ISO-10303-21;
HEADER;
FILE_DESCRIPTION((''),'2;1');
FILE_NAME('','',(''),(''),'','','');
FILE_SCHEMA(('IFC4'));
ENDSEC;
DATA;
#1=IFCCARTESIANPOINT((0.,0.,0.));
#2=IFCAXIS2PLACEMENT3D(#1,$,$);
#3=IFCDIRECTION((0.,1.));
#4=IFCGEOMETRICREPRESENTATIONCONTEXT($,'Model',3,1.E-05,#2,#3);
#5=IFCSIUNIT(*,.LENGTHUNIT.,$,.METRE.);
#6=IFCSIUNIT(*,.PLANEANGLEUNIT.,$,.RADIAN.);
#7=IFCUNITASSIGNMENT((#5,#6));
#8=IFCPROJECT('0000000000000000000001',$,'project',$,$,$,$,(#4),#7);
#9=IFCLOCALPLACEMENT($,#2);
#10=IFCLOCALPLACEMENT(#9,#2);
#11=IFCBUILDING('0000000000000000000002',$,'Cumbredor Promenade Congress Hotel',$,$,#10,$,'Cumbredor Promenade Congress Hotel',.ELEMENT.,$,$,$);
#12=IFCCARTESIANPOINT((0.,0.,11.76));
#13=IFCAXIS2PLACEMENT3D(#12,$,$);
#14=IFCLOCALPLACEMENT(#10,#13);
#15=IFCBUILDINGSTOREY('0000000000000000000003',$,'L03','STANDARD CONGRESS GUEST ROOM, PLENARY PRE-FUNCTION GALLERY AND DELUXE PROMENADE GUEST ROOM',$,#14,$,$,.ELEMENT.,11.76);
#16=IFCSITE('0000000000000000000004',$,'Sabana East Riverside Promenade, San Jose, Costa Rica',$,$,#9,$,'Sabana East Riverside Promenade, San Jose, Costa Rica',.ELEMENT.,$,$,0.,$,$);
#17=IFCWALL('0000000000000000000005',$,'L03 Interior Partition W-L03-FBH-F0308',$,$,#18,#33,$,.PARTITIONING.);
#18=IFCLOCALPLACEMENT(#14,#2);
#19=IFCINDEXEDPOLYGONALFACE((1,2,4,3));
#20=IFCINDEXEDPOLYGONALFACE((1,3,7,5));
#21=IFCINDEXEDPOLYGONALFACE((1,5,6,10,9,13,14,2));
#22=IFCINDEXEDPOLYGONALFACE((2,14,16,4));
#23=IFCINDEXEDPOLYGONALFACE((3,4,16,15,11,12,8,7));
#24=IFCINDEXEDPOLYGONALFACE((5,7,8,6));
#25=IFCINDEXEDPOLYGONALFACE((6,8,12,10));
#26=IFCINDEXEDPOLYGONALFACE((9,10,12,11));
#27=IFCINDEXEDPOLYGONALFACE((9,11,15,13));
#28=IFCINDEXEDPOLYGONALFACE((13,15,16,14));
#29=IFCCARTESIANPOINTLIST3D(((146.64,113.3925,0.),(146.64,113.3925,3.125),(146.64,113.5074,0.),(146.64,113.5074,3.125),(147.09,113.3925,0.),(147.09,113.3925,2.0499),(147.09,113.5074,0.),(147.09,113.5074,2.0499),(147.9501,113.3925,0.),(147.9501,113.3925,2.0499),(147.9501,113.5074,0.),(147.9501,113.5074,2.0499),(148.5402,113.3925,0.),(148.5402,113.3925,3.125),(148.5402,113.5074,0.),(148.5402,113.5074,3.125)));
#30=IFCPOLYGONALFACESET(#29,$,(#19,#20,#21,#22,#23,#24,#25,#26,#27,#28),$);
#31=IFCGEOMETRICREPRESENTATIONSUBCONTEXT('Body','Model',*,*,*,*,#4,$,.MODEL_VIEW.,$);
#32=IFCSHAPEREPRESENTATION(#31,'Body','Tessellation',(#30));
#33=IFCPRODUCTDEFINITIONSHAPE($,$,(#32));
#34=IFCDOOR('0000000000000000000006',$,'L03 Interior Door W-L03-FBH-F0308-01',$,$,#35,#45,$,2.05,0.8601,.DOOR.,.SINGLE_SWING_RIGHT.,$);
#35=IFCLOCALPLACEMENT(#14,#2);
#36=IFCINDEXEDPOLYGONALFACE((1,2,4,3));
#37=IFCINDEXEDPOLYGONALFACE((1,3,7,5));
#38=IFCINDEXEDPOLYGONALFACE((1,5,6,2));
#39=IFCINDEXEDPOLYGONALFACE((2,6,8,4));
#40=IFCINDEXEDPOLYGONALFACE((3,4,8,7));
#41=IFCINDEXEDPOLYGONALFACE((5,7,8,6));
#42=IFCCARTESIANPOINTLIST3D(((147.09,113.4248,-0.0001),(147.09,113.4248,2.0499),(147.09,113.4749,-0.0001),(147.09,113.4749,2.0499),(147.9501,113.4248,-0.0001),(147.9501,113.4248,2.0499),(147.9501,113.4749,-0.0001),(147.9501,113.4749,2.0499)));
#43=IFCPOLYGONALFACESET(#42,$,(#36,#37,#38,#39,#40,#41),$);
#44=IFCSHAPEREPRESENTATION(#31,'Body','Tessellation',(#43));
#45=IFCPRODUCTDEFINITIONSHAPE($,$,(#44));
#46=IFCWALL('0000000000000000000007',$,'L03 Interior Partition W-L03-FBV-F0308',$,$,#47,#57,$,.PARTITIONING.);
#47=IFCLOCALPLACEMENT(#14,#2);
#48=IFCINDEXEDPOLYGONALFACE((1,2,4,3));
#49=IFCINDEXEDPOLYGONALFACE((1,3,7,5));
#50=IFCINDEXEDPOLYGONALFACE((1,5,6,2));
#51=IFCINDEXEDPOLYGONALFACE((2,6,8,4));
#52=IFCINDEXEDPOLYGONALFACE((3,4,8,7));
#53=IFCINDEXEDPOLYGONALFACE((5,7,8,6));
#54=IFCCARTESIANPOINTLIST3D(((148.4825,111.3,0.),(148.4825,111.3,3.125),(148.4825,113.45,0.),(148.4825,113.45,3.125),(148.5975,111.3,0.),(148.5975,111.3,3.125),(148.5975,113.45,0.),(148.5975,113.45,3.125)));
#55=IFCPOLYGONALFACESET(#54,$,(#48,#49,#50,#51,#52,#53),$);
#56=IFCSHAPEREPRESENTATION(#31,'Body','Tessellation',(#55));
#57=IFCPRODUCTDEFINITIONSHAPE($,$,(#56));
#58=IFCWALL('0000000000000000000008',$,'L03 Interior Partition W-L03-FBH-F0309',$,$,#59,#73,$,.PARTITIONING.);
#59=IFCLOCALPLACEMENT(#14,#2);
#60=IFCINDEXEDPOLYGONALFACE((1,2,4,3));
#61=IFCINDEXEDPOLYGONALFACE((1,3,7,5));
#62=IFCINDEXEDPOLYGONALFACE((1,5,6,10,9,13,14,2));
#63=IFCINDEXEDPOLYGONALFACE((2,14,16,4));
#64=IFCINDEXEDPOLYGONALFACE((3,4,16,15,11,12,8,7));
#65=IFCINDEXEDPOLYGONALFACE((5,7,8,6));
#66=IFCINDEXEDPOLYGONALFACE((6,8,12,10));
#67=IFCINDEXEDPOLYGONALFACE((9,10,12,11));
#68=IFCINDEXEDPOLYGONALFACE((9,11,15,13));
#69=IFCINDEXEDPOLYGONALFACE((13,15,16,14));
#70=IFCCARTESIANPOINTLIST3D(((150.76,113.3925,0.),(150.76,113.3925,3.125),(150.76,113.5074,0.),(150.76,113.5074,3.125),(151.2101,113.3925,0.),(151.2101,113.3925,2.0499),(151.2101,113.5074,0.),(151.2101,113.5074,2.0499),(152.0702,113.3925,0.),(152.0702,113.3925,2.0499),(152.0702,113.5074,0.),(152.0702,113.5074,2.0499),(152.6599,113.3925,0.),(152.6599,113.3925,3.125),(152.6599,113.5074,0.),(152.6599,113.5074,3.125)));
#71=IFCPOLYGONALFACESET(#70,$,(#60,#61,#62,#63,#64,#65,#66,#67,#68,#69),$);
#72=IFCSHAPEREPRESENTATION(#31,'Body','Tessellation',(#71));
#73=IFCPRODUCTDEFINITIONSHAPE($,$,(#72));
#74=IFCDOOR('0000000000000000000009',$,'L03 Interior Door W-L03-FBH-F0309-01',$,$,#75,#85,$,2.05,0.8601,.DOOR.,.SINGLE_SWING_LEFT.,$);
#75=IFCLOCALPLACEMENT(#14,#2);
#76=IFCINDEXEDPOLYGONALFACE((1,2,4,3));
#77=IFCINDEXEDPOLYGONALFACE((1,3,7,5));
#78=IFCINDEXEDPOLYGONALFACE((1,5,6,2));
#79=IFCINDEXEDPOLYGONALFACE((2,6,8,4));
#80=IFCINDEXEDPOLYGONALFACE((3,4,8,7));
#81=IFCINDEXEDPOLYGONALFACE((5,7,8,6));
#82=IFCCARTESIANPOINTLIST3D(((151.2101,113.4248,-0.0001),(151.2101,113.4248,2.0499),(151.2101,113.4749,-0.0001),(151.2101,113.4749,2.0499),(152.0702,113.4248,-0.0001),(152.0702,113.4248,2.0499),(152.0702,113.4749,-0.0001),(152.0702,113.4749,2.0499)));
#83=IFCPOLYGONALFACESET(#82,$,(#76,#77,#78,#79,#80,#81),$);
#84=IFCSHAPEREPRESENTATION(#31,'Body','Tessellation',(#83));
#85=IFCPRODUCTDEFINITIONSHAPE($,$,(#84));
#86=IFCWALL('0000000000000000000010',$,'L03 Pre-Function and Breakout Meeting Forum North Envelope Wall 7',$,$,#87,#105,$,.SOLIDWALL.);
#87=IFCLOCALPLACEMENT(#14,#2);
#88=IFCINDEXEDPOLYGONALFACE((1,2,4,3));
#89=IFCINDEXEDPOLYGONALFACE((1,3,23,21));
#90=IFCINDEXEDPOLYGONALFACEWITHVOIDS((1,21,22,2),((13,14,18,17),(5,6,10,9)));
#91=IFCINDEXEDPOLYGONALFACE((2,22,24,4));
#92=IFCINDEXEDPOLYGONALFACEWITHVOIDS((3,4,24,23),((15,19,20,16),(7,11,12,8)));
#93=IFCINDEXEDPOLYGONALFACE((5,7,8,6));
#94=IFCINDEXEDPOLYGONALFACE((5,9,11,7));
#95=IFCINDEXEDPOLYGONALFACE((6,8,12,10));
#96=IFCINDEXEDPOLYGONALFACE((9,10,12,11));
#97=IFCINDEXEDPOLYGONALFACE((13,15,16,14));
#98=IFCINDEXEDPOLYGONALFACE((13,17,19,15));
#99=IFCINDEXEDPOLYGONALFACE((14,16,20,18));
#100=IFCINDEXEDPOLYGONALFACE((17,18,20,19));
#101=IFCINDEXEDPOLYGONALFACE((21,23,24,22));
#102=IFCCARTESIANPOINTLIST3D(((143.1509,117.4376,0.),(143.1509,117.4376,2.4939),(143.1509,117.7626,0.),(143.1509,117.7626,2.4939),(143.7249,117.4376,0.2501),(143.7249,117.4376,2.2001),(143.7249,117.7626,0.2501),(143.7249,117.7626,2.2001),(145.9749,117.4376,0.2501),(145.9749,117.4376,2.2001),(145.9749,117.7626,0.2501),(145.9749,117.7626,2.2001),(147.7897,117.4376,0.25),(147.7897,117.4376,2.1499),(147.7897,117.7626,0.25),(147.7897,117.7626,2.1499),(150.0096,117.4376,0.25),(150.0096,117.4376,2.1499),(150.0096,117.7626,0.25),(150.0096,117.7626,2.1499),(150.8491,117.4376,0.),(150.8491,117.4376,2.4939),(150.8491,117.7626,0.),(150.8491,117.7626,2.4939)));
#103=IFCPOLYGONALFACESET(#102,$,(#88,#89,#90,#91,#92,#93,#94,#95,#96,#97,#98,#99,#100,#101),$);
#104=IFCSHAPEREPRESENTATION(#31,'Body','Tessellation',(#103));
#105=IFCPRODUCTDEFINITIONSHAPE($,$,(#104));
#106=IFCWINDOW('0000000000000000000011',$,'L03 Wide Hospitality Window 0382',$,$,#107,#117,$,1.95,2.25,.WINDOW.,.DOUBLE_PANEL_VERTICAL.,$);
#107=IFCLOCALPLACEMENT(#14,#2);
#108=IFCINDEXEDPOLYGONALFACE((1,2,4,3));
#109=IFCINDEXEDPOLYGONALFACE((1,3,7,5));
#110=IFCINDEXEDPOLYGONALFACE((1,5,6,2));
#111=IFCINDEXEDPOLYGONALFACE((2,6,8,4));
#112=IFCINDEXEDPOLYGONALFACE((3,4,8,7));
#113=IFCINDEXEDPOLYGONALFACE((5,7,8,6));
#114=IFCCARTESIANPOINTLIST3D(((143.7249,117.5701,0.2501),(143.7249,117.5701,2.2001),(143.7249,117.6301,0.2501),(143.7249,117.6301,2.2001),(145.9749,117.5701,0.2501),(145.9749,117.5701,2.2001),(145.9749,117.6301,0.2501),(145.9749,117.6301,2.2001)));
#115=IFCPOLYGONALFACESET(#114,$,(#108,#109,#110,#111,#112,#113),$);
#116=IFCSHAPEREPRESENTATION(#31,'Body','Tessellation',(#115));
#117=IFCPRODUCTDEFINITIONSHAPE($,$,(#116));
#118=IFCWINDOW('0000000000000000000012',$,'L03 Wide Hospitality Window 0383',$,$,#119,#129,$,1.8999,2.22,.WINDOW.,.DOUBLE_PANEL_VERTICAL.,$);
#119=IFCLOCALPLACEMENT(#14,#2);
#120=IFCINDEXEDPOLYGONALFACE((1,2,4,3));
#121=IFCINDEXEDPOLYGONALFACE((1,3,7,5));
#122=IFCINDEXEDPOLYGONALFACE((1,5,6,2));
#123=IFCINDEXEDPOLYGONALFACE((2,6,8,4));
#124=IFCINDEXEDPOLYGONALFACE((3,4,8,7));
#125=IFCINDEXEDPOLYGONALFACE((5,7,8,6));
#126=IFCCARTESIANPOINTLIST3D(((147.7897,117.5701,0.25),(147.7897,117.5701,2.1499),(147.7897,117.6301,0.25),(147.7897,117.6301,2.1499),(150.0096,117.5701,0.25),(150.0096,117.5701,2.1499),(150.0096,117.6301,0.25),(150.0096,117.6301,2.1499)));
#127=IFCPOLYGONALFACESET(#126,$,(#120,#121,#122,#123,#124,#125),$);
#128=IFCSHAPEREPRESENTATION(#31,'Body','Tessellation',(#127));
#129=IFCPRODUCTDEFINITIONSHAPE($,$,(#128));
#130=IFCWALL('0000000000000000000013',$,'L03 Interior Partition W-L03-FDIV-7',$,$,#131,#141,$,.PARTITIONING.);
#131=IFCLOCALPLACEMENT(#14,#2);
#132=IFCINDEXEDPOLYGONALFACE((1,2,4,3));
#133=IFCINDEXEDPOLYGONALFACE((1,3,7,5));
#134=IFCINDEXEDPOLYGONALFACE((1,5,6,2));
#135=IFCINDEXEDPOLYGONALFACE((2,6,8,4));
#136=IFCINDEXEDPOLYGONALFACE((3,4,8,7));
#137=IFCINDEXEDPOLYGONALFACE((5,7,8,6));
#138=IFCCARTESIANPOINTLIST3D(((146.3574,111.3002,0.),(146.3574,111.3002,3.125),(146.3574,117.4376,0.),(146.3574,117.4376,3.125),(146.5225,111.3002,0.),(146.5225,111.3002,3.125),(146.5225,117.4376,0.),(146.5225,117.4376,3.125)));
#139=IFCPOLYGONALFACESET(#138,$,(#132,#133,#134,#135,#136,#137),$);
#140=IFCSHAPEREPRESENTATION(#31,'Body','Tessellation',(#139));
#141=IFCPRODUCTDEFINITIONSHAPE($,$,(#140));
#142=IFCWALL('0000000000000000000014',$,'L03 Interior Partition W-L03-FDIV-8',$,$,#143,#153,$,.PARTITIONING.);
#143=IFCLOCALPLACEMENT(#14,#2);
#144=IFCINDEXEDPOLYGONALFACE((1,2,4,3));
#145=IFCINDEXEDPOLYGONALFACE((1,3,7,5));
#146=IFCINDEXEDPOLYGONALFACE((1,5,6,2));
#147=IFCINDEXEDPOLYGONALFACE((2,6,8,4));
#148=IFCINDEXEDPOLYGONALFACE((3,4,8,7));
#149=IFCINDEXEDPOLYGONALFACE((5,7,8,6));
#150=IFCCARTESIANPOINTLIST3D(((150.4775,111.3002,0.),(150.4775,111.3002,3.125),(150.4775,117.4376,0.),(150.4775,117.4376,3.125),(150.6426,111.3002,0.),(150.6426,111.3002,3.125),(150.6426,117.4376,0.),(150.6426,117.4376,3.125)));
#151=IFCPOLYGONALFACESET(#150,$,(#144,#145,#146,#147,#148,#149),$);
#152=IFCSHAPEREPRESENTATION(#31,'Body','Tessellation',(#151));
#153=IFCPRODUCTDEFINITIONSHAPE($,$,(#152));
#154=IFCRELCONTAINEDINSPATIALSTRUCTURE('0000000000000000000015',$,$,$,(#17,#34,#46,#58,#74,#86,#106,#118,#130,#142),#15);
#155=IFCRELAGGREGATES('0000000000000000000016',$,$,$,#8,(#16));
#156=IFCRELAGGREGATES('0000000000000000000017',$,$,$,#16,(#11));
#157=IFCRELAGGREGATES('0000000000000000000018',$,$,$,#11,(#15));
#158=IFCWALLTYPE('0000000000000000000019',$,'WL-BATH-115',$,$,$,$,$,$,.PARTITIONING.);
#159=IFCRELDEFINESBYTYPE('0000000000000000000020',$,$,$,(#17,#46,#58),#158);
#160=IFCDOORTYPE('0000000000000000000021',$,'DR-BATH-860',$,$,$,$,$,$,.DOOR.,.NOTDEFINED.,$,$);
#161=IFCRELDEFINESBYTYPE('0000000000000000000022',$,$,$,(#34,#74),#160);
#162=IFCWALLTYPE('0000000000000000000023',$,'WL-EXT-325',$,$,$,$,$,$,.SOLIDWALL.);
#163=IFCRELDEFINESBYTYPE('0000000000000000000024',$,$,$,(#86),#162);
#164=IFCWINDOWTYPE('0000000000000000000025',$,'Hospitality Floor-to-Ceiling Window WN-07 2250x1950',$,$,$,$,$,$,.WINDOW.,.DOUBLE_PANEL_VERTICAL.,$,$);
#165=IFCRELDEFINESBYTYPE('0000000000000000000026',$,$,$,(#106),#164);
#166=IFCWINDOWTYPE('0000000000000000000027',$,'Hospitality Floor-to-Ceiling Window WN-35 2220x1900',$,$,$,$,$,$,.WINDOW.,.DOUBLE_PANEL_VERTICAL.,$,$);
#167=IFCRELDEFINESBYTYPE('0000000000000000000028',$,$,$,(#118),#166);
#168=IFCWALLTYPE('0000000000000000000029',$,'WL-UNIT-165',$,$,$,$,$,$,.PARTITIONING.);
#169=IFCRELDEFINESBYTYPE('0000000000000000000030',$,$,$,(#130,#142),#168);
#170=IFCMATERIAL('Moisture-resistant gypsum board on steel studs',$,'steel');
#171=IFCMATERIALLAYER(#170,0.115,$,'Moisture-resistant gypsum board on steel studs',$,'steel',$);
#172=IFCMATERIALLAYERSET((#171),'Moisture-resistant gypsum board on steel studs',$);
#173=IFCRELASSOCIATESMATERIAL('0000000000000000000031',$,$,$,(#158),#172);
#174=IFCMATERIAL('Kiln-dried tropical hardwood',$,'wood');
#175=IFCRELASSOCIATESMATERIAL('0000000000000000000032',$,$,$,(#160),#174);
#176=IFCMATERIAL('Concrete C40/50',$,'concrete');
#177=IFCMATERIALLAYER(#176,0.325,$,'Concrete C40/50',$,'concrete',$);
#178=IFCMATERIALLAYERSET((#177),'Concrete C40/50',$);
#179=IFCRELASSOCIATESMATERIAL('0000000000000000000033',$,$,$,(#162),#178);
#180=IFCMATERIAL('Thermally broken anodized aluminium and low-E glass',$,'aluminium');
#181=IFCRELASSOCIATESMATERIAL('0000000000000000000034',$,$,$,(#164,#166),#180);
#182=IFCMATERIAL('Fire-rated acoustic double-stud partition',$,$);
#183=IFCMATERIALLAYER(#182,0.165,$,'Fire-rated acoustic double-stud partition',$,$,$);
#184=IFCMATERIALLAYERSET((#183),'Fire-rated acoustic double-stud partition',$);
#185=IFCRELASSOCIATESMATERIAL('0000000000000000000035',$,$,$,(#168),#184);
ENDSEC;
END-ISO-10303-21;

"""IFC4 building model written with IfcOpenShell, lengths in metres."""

from ifc_helpers import new_model, si_unit, direction, frame, frame_2d, origin, place, context, subcontext, project, spatial, rectangle, extrude, material, layer, layer_set, type_object, element, fill, save


model = new_model("IFC4")

# Units and contexts
model_context = context("Model", 3, precision=1e-05, world=origin(), true_north=direction((0.0, 1.0)))
body_context = subcontext(model_context, "Body", "Model", "MODEL_VIEW")
ifc_project = project(units=[si_unit("LENGTHUNIT", "METRE"), si_unit("PLANEANGLEUNIT", "RADIAN")], contexts=[model_context])

# Site, building, storey
site_placement = place(None, origin())
site = spatial("IfcSite", under=ifc_project, at=site_placement, Name="Sabana East Riverside Promenade, San Jose, Costa Rica", LongName="Sabana East Riverside Promenade, San Jose, Costa Rica", CompositionType="ELEMENT", RefElevation=0.0)
building_placement = place(site_placement, origin())
building = spatial("IfcBuilding", under=site, at=building_placement, Name="Cumbredor Promenade Congress Hotel", LongName="Cumbredor Promenade Congress Hotel", CompositionType="ELEMENT")
storey_placement = place(building_placement, frame((0.0, 0.0, 11.76)))
storey = spatial("IfcBuildingStorey", under=building, at=storey_placement, Name="L03", Description="STANDARD CONGRESS GUEST ROOM, PLENARY PRE-FUNCTION GALLERY AND DELUXE PROMENADE GUEST ROOM", CompositionType="ELEMENT", Elevation=11.76)

# Shared definitions
ifc_material_1 = material(Name="Concrete C40/50", Category="concrete")

# Shared definitions
ifc_material_2 = material(Name="Thermally broken anodized aluminium and low-E glass", Category="aluminium")
ifc_material_3 = material(Name="Kiln-dried tropical hardwood", Category="wood")

# Shared definitions
ifc_material_4 = material(Name="Moisture-resistant gypsum board on steel studs", Category="steel")
ifc_layer_1 = layer(ifc_material_4, 0.115, Name="Moisture-resistant gypsum board on steel studs", Category="steel")
ifc_layer_set_1 = layer_set([ifc_layer_1], Name="Moisture-resistant gypsum board on steel studs")
wall_type_1 = type_object("IfcWallType", Name="WL-BATH-115", PredefinedType="PARTITIONING", material=ifc_layer_set_1)

# Wall, opening, door
wall_1_placement = place(storey_placement, frame((146.6399, 113.45, 0.0), z_axis=(0.0, 0.0, 1.0), x_axis=(1.0, 0.0, 0.0)))
wall_1 = element("IfcWall", 1, at=wall_1_placement, inside=storey, type_object=wall_type_1, Name="L03 Interior Partition W-L03-FBH-F0308", PredefinedType="PARTITIONING", context=body_context, shape_type="SweptSolid", body=[
    extrude(rectangle(XDim=1.9001, YDim=0.115, at=frame_2d((0.9502, 0.0))), origin(), (0.0, 0.0, 1.0), 3.125),
])
opening_1_placement = place(wall_1_placement, frame((0.45, 0.0, 0.0)))
opening_1 = element("IfcOpeningElement", 2, at=opening_1_placement, cuts=wall_1, PredefinedType="OPENING", context=body_context, shape_type="SweptSolid", body=[
    extrude(rectangle(XDim=0.8601, YDim=2.05, at=frame_2d((0.4302, 1.0249))), frame((0.0, 0.0674, 0.0), z_axis=(0.0, -1.0, 0.0), x_axis=(1.0, 0.0, 0.0)), (0.0, 0.0, 1.0), 0.135),
])
door_type = type_object("IfcDoorType", Name="DR-BATH-860", OperationType="NOTDEFINED", PredefinedType="DOOR", material=ifc_material_3)
door_1_placement = place(opening_1_placement, origin())
door_1 = element("IfcDoor", 3, at=door_1_placement, inside=storey, type_object=door_type, Name="L03 Interior Door W-L03-FBH-F0308-01", OperationType="SINGLE_SWING_RIGHT", OverallHeight=2.05, OverallWidth=0.8601, PredefinedType="DOOR", context=body_context, shape_type="SweptSolid", body=[
    extrude(rectangle(XDim=0.8601, YDim=2.05, at=frame_2d((0.4302, 1.0249))), frame((0.0, 0.0249, 0.0), z_axis=(0.0, -1.0, 0.0), x_axis=(1.0, 0.0, 0.0)), (0.0, 0.0, 1.0), 0.05),
])
fill(opening_1, door_1)

# Wall
wall_2_placement = place(storey_placement, frame((148.54, 111.3, 0.0), z_axis=(0.0, 0.0, 1.0), x_axis=(0.0, 1.0, 0.0)))
element("IfcWall", 4, at=wall_2_placement, inside=storey, type_object=wall_type_1, Name="L03 Interior Partition W-L03-FBV-F0308", PredefinedType="PARTITIONING", context=body_context, shape_type="SweptSolid", body=[
    extrude(rectangle(XDim=2.1499, YDim=0.115, at=frame_2d((1.075, 0.0))), origin(), (0.0, 0.0, 1.0), 3.125),
])

# Wall, opening, door
wall_3_placement = place(storey_placement, frame((150.76, 113.45, 0.0), z_axis=(0.0, 0.0, 1.0), x_axis=(1.0, 0.0, 0.0)))
wall_3 = element("IfcWall", 5, at=wall_3_placement, inside=storey, type_object=wall_type_1, Name="L03 Interior Partition W-L03-FBH-F0309", PredefinedType="PARTITIONING", context=body_context, shape_type="SweptSolid", body=[
    extrude(rectangle(XDim=1.8999, YDim=0.115, at=frame_2d((0.95, 0.0))), origin(), (0.0, 0.0, 1.0), 3.125),
])
opening_2_placement = place(wall_3_placement, frame((0.45, 0.0, 0.0)))
opening_2 = element("IfcOpeningElement", 6, at=opening_2_placement, cuts=wall_3, PredefinedType="OPENING", context=body_context, shape_type="SweptSolid", body=[
    extrude(rectangle(XDim=0.8601, YDim=2.05, at=frame_2d((0.4302, 1.0249))), frame((0.0, 0.0674, 0.0), z_axis=(0.0, -1.0, 0.0), x_axis=(1.0, 0.0, 0.0)), (0.0, 0.0, 1.0), 0.135),
])
door_2_placement = place(opening_2_placement, origin())
door_2 = element("IfcDoor", 7, at=door_2_placement, inside=storey, type_object=door_type, Name="L03 Interior Door W-L03-FBH-F0309-01", OperationType="SINGLE_SWING_LEFT", OverallHeight=2.05, OverallWidth=0.8601, PredefinedType="DOOR", context=body_context, shape_type="SweptSolid", body=[
    extrude(rectangle(XDim=0.8601, YDim=2.05, at=frame_2d((0.4302, 1.0249))), frame((0.0, 0.0249, 0.0), z_axis=(0.0, -1.0, 0.0), x_axis=(1.0, 0.0, 0.0)), (0.0, 0.0, 1.0), 0.05),
])
fill(opening_2, door_2)

# Wall, openings, windows
ifc_layer_2 = layer(ifc_material_1, 0.325, Name="Concrete C40/50", Category="concrete")
ifc_layer_set_2 = layer_set([ifc_layer_2], Name="Concrete C40/50")
wall_type_2 = type_object("IfcWallType", Name="WL-EXT-325", PredefinedType="SOLIDWALL", material=ifc_layer_set_2)
wall_4_placement = place(storey_placement, frame((143.1509, 117.6001, 0.0), z_axis=(0.0, 0.0, 1.0), x_axis=(1.0, 0.0, 0.0)))
wall_4 = element("IfcWall", 8, at=wall_4_placement, inside=storey, type_object=wall_type_2, Name="L03 Pre-Function and Breakout Meeting Forum North Envelope Wall 7", PredefinedType="SOLIDWALL", context=body_context, shape_type="SweptSolid", body=[
    extrude(rectangle(XDim=7.6982, YDim=0.325, at=frame_2d((3.8491, 0.0))), origin(), (0.0, 0.0, 1.0), 2.4939),
])
opening_3_placement = place(wall_4_placement, frame((0.574, 0.0, 0.25)))
opening_3 = element("IfcOpeningElement", 9, at=opening_3_placement, cuts=wall_4, PredefinedType="OPENING", context=body_context, shape_type="SweptSolid", body=[
    extrude(rectangle(XDim=2.25, YDim=1.95, at=frame_2d((1.125, 0.9751))), frame((0.0, 0.1724, 0.0), z_axis=(0.0, -1.0, 0.0), x_axis=(1.0, 0.0, 0.0)), (0.0, 0.0, 1.0), 0.345),
])
opening_4_placement = place(wall_4_placement, frame((4.6389, 0.0, 0.25)))
opening_4 = element("IfcOpeningElement", 10, at=opening_4_placement, cuts=wall_4, PredefinedType="OPENING", context=body_context, shape_type="SweptSolid", body=[
    extrude(rectangle(XDim=2.22, YDim=1.8999, at=frame_2d((1.1099, 0.95))), frame((0.0, 0.1724, 0.0), z_axis=(0.0, -1.0, 0.0), x_axis=(1.0, 0.0, 0.0)), (0.0, 0.0, 1.0), 0.345),
])
window_type_1 = type_object("IfcWindowType", Name="Hospitality Floor-to-Ceiling Window WN-07 2250x1950", PartitioningType="DOUBLE_PANEL_VERTICAL", PredefinedType="WINDOW", material=ifc_material_2)
window_1_placement = place(opening_3_placement, origin())
window_1 = element("IfcWindow", 11, at=window_1_placement, inside=storey, type_object=window_type_1, Name="L03 Wide Hospitality Window 0382", OverallHeight=1.95, OverallWidth=2.25, PartitioningType="DOUBLE_PANEL_VERTICAL", PredefinedType="WINDOW", context=body_context, shape_type="SweptSolid", body=[
    extrude(rectangle(XDim=2.25, YDim=1.95, at=frame_2d((1.125, 0.9751))), frame((0.0, 0.03, 0.0), z_axis=(0.0, -1.0, 0.0), x_axis=(1.0, 0.0, 0.0)), (0.0, 0.0, 1.0), 0.0601),
])
fill(opening_3, window_1)
window_type_2 = type_object("IfcWindowType", Name="Hospitality Floor-to-Ceiling Window WN-35 2220x1900", PartitioningType="DOUBLE_PANEL_VERTICAL", PredefinedType="WINDOW", material=ifc_material_2)
window_2_placement = place(opening_4_placement, origin())
window_2 = element("IfcWindow", 12, at=window_2_placement, inside=storey, type_object=window_type_2, Name="L03 Wide Hospitality Window 0383", OverallHeight=1.8999, OverallWidth=2.22, PartitioningType="DOUBLE_PANEL_VERTICAL", PredefinedType="WINDOW", context=body_context, shape_type="SweptSolid", body=[
    extrude(rectangle(XDim=2.22, YDim=1.8999, at=frame_2d((1.1099, 0.95))), frame((0.0, 0.03, 0.0), z_axis=(0.0, -1.0, 0.0), x_axis=(1.0, 0.0, 0.0)), (0.0, 0.0, 1.0), 0.0601),
])
fill(opening_4, window_2)

# Walls
ifc_material_5 = material(Name="Fire-rated acoustic double-stud partition")
ifc_layer_3 = layer(ifc_material_5, 0.165, Name="Fire-rated acoustic double-stud partition")
ifc_layer_set_3 = layer_set([ifc_layer_3], Name="Fire-rated acoustic double-stud partition")
wall_type_3 = type_object("IfcWallType", Name="WL-UNIT-165", PredefinedType="PARTITIONING", material=ifc_layer_set_3)
for number, where, z_axis, x_axis, name in (
    (13, (146.4399, 111.3, 0.0), (0.0, 0.0, 1.0), (0.0, 1.0, 0.0), "L03 Interior Partition W-L03-FDIV-7"),
    (14, (150.5601, 111.3, 0.0), (0.0, 0.0, 1.0), (0.0, 1.0, 0.0), "L03 Interior Partition W-L03-FDIV-8"),
):
    element("IfcWall", number, at=place(storey_placement, frame(where, z_axis=z_axis, x_axis=x_axis)), inside=storey, type_object=wall_type_3, Name=name, PredefinedType="PARTITIONING", context=body_context, shape_type="SweptSolid", body=[
        extrude(rectangle(XDim=6.1375, YDim=0.165, at=frame_2d((3.0688, 0.0))), origin(), (0.0, 0.0, 1.0), 3.125),
    ])

save(model, "model.ifc")
